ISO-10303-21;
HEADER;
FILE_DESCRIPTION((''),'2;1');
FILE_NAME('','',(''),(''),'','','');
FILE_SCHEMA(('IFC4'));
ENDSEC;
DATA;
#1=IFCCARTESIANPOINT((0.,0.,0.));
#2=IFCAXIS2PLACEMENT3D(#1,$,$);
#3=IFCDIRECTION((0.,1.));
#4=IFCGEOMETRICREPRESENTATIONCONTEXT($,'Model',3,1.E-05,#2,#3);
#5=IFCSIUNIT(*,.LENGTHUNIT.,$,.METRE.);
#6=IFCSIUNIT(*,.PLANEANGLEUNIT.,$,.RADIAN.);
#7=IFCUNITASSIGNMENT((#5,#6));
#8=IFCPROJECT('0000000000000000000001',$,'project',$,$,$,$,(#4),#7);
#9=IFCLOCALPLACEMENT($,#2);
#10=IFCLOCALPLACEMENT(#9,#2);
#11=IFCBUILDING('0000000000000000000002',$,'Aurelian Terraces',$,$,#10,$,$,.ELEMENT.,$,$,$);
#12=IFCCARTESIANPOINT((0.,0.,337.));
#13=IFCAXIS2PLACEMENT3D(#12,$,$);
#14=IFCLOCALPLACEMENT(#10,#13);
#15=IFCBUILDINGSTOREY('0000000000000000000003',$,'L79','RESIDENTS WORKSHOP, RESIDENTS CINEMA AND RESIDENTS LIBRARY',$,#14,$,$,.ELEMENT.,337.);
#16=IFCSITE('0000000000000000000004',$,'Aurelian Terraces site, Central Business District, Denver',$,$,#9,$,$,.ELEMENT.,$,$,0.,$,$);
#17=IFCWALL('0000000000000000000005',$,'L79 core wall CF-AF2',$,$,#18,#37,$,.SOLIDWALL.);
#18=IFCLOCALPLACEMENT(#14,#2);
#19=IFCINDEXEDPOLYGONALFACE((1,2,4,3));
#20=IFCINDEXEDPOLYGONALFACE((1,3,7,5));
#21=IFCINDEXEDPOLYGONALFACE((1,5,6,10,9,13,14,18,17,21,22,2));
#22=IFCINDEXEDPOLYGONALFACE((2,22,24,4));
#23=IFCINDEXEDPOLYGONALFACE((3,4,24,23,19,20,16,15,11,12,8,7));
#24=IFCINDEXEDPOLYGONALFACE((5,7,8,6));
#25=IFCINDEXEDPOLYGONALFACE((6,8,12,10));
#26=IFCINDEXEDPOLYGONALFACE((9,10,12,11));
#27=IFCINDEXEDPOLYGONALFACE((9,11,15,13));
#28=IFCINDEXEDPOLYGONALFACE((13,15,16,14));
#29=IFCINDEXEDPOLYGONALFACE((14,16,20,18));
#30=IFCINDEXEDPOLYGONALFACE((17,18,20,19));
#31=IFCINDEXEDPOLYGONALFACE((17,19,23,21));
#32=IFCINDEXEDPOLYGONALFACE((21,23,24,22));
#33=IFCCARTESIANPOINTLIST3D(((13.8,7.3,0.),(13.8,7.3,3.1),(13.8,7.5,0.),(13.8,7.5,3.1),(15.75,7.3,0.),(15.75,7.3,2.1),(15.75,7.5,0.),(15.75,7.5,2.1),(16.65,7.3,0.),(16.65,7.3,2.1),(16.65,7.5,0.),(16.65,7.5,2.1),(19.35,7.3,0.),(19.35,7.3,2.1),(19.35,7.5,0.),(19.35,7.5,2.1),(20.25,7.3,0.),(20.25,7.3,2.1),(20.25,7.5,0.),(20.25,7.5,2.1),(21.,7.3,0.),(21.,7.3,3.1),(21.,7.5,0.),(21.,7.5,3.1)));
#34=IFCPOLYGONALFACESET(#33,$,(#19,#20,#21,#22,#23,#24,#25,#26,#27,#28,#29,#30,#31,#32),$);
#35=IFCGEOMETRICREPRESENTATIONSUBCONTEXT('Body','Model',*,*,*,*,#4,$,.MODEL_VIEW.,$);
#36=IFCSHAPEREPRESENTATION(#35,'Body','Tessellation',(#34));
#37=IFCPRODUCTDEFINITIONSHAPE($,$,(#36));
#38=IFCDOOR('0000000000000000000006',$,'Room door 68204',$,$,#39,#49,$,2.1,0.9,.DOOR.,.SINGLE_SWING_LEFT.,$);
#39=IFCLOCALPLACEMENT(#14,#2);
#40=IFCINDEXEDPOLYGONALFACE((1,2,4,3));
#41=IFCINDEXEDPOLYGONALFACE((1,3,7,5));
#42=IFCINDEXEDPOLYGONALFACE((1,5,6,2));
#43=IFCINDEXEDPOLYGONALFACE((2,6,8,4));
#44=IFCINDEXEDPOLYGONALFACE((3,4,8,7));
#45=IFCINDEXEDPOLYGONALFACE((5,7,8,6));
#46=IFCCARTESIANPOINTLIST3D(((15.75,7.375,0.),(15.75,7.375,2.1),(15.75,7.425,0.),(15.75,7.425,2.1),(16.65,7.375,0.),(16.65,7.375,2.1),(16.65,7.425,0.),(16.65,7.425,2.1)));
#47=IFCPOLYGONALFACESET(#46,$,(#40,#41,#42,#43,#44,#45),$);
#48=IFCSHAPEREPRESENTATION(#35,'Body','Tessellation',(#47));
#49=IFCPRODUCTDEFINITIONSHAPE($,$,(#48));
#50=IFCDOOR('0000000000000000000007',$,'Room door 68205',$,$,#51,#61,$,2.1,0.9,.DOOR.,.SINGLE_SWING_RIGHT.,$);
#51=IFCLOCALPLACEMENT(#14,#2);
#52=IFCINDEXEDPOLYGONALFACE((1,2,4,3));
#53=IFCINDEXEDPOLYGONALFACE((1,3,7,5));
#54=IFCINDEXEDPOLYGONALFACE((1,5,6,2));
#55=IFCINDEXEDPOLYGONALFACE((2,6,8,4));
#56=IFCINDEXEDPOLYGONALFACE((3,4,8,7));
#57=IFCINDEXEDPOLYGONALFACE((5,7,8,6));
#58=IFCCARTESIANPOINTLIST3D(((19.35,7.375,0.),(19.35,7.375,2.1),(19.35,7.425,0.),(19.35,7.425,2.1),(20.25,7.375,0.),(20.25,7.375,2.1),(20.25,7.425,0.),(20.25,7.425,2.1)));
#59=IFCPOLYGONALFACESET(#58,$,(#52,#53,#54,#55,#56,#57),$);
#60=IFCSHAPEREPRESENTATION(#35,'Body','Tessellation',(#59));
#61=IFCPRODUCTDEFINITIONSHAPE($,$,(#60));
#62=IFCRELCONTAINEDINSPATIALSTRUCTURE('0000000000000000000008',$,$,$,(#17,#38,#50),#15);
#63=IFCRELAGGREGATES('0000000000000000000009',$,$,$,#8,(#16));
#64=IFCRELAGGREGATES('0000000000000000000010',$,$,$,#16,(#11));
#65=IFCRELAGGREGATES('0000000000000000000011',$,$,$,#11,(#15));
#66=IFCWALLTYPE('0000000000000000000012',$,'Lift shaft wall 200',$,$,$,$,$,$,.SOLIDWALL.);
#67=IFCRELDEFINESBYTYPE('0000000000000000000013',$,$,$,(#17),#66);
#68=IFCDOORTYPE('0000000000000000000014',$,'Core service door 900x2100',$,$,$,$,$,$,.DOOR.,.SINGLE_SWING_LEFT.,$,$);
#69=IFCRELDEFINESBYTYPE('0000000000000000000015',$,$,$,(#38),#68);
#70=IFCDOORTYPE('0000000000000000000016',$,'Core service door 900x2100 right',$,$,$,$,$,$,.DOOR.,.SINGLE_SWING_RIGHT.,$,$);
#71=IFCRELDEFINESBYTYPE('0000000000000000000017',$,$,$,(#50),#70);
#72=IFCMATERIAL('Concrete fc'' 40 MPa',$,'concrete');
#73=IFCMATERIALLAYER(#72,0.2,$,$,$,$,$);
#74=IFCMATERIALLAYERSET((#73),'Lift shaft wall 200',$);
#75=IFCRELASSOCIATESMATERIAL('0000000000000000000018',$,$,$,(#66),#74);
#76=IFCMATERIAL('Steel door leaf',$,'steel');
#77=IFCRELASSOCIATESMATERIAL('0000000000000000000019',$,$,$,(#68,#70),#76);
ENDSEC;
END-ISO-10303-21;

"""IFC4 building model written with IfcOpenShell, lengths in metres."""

from ifc_helpers import new_model, si_unit, direction, frame, frame_2d, origin, place, context, subcontext, project, spatial, rectangle, extrude, source, transform, mapped, material, layer, layer_set, type_object, element, fill, save


model = new_model("IFC4")

# Units and contexts
model_context = context("Model", 3, precision=1e-05, world=origin(), true_north=direction((0.0, 1.0)))
body_context = subcontext(model_context, "Body", "Model", "MODEL_VIEW")
ifc_project = project(units=[si_unit("LENGTHUNIT", "METRE"), si_unit("PLANEANGLEUNIT", "RADIAN")], contexts=[model_context])

# Site, building, storey
site_placement = place(None, origin())
site = spatial("IfcSite", under=ifc_project, at=site_placement, Name="Aurelian Terraces site, Central Business District, Denver", CompositionType="ELEMENT", RefElevation=0.0)
building_placement = place(site_placement, origin())
building = spatial("IfcBuilding", under=site, at=building_placement, Name="Aurelian Terraces", CompositionType="ELEMENT")
storey_placement = place(building_placement, frame((0.0, 0.0, 337.0)))
storey = spatial("IfcBuildingStorey", under=building, at=storey_placement, Name="L79", Description="RESIDENTS WORKSHOP, RESIDENTS CINEMA AND RESIDENTS LIBRARY", CompositionType="ELEMENT", Elevation=337.0)

# Shared definitions
ifc_material_1 = material(Name="Concrete fc' 40 MPa", Category="concrete")
ifc_layer_1 = layer(ifc_material_1, 0.2)
ifc_layer_set_1 = layer_set([ifc_layer_1], Name="Lift shaft wall 200")
wall_type_1 = type_object("IfcWallType", Name="Lift shaft wall 200", PredefinedType="SOLIDWALL", material=ifc_layer_set_1)

# Shared definitions
shared_shape_1 = source(origin(), body_context, "Body", "SweptSolid", [
    extrude(rectangle(XDim=0.9, YDim=2.1, at=frame_2d((0.45, 1.05))), frame((0.0, 0.11, 0.0), z_axis=(0.0, -1.0, 0.0), x_axis=(1.0, 0.0, 0.0)), (0.0, 0.0, 1.0), 0.22),
])
ifc_material_2 = material(Name="Steel door leaf", Category="steel")
door_type_1 = type_object("IfcDoorType", Name="Core service door 900x2100", OperationType="SINGLE_SWING_LEFT", PredefinedType="DOOR", material=ifc_material_2)
shared_shape_2 = source(origin(), body_context, "Body", "SweptSolid", [
    extrude(rectangle(XDim=0.9, YDim=2.1, at=frame_2d((0.45, 1.05))), frame((0.0, 0.025, 0.0), z_axis=(0.0, -1.0, 0.0), x_axis=(1.0, 0.0, 0.0)), (0.0, 0.0, 1.0), 0.05),
])
door_type_2 = type_object("IfcDoorType", Name="Core service door 900x2100 right", OperationType="SINGLE_SWING_RIGHT", PredefinedType="DOOR", material=ifc_material_2)

# Wall, openings, doors
shared_shape_3 = source(origin(), body_context, "Body", "SweptSolid", [
    extrude(rectangle(XDim=7.2, YDim=0.2, at=frame_2d((3.6, 0.0))), origin(), (0.0, 0.0, 1.0), 3.1),
])
wall_1_placement = place(storey_placement, frame((13.8, 7.4, 0.0), z_axis=(0.0, 0.0, 1.0), x_axis=(1.0, 0.0, 0.0)))
wall_1 = element("IfcWall", 1, at=wall_1_placement, inside=storey, type_object=wall_type_1, Name="L79 core wall CF-AF2", PredefinedType="SOLIDWALL", context=body_context, shape_type="MappedRepresentation", body=[
    mapped(shared_shape_3, transform((0.0, 0.0, 0.0), scale=1.0)),
])
opening_1_placement = place(wall_1_placement, frame((1.95, 0.0, 0.0)))
opening_1 = element("IfcOpeningElement", 2, at=opening_1_placement, cuts=wall_1, PredefinedType="OPENING", context=body_context, shape_type="MappedRepresentation", body=[
    mapped(shared_shape_1, transform((0.0, 0.0, 0.0), scale=1.0)),
])
opening_2_placement = place(wall_1_placement, frame((5.55, 0.0, 0.0)))
opening_2 = element("IfcOpeningElement", 3, at=opening_2_placement, cuts=wall_1, PredefinedType="OPENING", context=body_context, shape_type="MappedRepresentation", body=[
    mapped(shared_shape_1, transform((0.0, 0.0, 0.0), scale=1.0)),
])
door_1_placement = place(opening_1_placement, origin())
door_1 = element("IfcDoor", 4, at=door_1_placement, inside=storey, type_object=door_type_1, Name="Room door 68204", OperationType="SINGLE_SWING_LEFT", OverallHeight=2.1, OverallWidth=0.9, PredefinedType="DOOR", context=body_context, shape_type="MappedRepresentation", body=[
    mapped(shared_shape_2, transform((0.0, 0.0, 0.0), scale=1.0)),
])
fill(opening_1, door_1)
door_2_placement = place(opening_2_placement, origin())
door_2 = element("IfcDoor", 5, at=door_2_placement, inside=storey, type_object=door_type_2, Name="Room door 68205", OperationType="SINGLE_SWING_RIGHT", OverallHeight=2.1, OverallWidth=0.9, PredefinedType="DOOR", context=body_context, shape_type="MappedRepresentation", body=[
    mapped(shared_shape_2, transform((0.0, 0.0, 0.0), scale=1.0)),
])
fill(opening_2, door_2)

save(model, "model.ifc")
